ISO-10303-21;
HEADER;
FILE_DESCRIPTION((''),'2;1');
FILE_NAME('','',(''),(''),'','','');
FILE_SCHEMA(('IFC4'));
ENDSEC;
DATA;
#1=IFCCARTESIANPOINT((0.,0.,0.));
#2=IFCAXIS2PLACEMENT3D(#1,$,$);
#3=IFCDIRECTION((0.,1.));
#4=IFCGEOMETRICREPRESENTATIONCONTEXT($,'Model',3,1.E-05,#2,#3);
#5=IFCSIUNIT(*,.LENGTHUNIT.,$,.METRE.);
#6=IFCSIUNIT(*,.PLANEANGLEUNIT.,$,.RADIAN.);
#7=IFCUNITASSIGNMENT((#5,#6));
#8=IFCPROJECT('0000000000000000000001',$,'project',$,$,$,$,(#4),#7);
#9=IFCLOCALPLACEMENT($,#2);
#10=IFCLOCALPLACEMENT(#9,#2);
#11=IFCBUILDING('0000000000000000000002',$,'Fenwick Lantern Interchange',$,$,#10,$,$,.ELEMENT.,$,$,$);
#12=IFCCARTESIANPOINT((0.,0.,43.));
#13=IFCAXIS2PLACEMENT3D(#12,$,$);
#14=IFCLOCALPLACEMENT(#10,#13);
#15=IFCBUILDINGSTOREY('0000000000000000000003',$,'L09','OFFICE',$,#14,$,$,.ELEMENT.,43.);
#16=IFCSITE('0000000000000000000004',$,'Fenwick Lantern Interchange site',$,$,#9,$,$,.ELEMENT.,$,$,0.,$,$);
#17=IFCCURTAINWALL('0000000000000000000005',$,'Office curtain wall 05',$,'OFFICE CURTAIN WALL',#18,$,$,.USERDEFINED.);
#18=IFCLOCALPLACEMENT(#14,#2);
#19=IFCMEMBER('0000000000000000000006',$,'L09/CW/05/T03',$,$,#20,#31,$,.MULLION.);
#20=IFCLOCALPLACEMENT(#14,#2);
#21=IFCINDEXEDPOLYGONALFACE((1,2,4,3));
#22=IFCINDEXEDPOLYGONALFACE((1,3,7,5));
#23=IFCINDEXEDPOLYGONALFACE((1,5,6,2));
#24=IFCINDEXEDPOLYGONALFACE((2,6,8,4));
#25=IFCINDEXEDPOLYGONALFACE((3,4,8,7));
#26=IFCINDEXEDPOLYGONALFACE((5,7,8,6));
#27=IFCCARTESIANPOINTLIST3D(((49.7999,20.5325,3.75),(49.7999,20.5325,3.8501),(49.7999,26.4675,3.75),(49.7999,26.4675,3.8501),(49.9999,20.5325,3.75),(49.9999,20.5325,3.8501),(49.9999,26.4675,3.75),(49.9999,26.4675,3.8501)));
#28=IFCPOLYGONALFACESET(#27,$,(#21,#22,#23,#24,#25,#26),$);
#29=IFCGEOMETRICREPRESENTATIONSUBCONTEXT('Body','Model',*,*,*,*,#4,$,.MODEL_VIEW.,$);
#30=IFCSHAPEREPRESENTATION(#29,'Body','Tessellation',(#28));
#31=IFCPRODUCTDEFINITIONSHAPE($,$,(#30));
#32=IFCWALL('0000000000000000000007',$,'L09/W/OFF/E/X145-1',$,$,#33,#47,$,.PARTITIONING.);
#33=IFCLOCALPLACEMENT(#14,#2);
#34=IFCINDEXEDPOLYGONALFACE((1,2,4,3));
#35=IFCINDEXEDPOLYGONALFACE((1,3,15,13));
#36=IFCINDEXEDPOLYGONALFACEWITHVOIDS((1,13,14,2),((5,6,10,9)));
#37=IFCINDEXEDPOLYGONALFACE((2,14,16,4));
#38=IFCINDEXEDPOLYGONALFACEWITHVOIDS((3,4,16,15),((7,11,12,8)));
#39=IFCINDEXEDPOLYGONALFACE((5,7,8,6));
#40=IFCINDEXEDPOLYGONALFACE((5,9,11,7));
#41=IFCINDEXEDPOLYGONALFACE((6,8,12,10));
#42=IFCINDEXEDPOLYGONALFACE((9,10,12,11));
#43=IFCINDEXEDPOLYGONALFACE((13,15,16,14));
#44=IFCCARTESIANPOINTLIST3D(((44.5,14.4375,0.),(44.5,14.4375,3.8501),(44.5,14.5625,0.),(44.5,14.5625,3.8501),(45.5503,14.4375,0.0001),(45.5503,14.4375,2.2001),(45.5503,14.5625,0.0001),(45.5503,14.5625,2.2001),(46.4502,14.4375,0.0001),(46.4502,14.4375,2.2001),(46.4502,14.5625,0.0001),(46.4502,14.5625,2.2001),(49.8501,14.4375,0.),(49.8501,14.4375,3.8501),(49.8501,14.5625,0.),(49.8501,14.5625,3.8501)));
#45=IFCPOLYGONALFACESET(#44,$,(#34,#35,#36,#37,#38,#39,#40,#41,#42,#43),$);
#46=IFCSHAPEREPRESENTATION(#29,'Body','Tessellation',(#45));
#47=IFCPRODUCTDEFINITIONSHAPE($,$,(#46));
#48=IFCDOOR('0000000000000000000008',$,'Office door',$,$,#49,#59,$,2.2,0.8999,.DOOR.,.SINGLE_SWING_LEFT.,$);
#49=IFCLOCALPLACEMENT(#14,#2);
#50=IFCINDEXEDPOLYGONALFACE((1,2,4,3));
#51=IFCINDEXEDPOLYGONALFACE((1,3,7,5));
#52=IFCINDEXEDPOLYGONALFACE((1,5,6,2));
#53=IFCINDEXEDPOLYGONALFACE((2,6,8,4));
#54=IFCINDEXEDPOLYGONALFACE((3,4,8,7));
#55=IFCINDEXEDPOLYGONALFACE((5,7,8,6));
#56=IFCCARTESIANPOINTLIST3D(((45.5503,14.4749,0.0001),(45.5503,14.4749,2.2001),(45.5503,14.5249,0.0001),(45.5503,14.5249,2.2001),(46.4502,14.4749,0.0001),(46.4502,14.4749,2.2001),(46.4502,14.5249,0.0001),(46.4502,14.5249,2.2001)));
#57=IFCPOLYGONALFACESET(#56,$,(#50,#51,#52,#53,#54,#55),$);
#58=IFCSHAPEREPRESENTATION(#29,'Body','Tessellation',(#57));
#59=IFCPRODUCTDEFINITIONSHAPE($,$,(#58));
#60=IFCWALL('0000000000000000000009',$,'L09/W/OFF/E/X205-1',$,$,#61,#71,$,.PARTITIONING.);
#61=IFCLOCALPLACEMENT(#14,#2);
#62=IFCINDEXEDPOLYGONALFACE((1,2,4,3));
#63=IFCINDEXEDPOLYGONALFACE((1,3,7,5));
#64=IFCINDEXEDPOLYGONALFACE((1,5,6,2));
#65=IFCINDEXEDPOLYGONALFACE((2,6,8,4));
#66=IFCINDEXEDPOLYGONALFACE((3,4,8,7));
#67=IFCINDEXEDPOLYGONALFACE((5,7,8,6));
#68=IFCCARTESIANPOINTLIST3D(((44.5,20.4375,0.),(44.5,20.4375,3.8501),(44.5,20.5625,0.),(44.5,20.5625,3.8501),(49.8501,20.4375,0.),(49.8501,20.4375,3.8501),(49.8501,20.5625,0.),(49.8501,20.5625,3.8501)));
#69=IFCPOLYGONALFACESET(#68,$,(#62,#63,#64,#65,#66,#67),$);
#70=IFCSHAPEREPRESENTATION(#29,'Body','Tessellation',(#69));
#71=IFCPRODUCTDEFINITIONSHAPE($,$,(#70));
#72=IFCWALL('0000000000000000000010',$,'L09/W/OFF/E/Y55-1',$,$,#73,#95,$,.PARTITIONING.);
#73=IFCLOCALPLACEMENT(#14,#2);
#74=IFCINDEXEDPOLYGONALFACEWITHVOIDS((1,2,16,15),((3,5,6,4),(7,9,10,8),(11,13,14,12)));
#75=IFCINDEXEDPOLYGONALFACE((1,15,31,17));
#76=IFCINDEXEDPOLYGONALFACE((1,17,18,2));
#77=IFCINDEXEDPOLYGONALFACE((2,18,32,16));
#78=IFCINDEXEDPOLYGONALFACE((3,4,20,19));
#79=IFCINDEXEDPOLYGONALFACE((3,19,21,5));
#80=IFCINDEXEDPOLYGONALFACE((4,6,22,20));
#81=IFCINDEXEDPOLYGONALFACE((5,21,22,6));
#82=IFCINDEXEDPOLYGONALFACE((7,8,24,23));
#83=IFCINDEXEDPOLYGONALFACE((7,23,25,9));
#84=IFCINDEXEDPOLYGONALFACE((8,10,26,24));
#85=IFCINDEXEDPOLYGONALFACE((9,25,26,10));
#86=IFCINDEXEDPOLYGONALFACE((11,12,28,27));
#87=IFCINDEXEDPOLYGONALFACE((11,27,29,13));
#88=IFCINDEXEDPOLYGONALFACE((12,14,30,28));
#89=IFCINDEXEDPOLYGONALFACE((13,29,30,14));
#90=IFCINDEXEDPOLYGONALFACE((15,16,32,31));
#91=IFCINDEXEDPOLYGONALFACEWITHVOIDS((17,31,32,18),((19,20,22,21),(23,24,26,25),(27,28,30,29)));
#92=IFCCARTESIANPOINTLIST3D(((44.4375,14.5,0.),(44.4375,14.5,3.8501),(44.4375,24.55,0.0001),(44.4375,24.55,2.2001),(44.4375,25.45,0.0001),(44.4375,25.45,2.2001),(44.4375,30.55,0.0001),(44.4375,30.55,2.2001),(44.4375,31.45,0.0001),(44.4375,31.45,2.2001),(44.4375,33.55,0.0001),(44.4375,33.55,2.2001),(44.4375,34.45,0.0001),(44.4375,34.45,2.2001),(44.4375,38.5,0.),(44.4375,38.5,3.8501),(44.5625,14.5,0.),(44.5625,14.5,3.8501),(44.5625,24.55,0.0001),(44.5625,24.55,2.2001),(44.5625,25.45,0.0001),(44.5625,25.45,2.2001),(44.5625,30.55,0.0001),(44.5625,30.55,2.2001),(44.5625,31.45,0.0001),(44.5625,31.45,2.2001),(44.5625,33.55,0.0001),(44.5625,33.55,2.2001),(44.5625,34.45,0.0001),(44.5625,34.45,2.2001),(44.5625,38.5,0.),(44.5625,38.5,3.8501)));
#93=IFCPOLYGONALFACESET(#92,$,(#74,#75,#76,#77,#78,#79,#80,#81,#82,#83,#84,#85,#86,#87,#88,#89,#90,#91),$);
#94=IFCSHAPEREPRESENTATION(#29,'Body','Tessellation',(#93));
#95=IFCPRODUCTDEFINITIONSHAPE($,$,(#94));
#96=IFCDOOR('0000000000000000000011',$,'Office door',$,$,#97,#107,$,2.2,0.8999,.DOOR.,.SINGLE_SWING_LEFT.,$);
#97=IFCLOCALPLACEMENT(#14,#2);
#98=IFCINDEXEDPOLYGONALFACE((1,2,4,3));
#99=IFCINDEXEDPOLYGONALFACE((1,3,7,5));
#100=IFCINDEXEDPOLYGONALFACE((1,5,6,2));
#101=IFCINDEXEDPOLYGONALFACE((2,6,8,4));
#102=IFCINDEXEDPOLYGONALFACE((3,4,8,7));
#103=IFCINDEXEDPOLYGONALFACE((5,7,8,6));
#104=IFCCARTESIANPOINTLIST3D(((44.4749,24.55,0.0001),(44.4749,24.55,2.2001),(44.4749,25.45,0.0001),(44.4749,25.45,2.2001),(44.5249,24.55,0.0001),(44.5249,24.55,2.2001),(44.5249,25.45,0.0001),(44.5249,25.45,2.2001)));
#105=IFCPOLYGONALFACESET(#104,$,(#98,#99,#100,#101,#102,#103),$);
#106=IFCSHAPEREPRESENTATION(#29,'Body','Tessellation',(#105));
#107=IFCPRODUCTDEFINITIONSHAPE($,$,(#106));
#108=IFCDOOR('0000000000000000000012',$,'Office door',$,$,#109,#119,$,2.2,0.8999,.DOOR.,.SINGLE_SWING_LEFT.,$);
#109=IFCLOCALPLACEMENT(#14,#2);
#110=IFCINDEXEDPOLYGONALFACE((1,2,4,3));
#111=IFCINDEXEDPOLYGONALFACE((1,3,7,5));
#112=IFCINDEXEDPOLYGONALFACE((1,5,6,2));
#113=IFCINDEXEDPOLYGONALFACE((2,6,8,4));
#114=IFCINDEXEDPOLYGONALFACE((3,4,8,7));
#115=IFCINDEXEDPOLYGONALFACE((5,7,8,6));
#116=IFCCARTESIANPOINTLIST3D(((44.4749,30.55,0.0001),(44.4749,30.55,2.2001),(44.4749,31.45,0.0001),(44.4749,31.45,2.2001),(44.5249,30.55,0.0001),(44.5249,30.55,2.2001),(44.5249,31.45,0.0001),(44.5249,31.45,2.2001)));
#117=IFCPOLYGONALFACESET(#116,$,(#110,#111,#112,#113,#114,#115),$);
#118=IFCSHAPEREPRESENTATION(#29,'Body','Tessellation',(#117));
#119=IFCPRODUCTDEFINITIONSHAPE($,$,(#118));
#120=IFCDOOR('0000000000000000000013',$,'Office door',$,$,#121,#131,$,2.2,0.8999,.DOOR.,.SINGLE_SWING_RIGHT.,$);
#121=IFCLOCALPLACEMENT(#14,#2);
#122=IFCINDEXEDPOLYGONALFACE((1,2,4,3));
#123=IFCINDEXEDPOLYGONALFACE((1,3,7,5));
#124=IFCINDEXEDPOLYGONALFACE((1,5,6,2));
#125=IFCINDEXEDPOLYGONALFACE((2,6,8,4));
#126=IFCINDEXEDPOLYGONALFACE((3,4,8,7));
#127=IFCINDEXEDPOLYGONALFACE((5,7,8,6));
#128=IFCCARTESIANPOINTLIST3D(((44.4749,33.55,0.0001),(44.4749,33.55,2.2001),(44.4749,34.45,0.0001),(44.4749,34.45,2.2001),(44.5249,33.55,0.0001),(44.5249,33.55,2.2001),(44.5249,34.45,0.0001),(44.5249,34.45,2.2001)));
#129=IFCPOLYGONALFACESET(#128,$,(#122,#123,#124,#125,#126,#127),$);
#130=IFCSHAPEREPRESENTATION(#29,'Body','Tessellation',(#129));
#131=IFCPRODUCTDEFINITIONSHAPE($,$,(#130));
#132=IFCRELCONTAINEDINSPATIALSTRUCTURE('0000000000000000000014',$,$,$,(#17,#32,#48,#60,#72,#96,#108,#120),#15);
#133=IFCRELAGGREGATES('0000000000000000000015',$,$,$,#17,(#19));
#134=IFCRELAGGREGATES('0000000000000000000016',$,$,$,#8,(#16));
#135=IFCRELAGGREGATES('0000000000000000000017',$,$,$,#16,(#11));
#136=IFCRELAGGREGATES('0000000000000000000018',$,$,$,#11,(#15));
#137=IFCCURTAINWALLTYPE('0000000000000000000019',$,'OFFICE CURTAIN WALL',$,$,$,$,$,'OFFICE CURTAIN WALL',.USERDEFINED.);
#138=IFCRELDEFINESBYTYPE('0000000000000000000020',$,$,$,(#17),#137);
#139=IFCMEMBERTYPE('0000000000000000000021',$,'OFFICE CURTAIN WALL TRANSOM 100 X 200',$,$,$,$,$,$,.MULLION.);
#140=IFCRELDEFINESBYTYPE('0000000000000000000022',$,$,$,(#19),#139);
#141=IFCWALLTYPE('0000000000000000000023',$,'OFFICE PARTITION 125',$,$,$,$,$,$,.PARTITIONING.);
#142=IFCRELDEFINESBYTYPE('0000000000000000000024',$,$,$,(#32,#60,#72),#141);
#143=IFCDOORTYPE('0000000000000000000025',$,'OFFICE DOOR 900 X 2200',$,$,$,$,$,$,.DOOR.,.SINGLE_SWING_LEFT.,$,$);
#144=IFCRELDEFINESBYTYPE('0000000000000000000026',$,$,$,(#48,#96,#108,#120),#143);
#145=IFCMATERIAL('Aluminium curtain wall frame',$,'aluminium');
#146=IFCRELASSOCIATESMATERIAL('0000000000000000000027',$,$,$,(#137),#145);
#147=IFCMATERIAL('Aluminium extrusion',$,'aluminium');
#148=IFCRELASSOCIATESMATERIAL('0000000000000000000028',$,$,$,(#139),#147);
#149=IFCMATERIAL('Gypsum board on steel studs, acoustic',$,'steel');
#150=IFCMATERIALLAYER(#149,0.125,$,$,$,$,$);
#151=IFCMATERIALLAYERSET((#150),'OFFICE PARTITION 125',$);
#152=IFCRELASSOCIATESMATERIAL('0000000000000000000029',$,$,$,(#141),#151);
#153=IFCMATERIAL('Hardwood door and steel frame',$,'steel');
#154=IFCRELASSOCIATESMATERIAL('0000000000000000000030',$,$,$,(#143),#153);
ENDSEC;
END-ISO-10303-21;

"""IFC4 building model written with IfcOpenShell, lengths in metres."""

from ifc_helpers import new_model, si_unit, direction, frame, frame_2d, origin, origin_2d, place, context, subcontext, project, spatial, rectangle, extrude, material, layer, layer_set, material_profile, profile_set, type_object, element, fill, aggregate, save


model = new_model("IFC4")

# Units and contexts
model_context = context("Model", 3, precision=1e-05, world=origin(), true_north=direction((0.0, 1.0)))
body_context = subcontext(model_context, "Body", "Model", "MODEL_VIEW")
ifc_project = project(units=[si_unit("LENGTHUNIT", "METRE"), si_unit("PLANEANGLEUNIT", "RADIAN")], contexts=[model_context])

# Site, building, storey
site_placement = place(None, origin())
site = spatial("IfcSite", under=ifc_project, at=site_placement, Name="Fenwick Lantern Interchange site", CompositionType="ELEMENT", RefElevation=0.0)
building_placement = place(site_placement, origin())
building = spatial("IfcBuilding", under=site, at=building_placement, Name="Fenwick Lantern Interchange", CompositionType="ELEMENT")
storey_placement = place(building_placement, frame((0.0, 0.0, 43.0)))
storey = spatial("IfcBuildingStorey", under=building, at=storey_placement, Name="L09", Description="OFFICE", CompositionType="ELEMENT", Elevation=43.0)

# Curtain wall, member
ifc_material_1 = material(Name="Aluminium curtain wall frame", Category="aluminium")
curtain_wall_type = type_object("IfcCurtainWallType", Name="OFFICE CURTAIN WALL", ElementType="OFFICE CURTAIN WALL", PredefinedType="USERDEFINED", material=ifc_material_1)
curtain_wall_placement = place(storey_placement, origin())
curtain_wall = element("IfcCurtainWall", 1, at=curtain_wall_placement, inside=storey, type_object=curtain_wall_type, Name="Office curtain wall 05", ObjectType="OFFICE CURTAIN WALL", PredefinedType="USERDEFINED")
ifc_material_2 = material(Name="Aluminium extrusion", Category="aluminium")
ifc_material_profile_1 = material_profile(ifc_material_2, rectangle(XDim=0.2, YDim=0.1001, at=origin_2d()), Name="OFFICE CURTAIN WALL TRANSOM 100 X 200")
ifc_profile_set_1 = profile_set([ifc_material_profile_1], Name="Aluminium extrusion")
member_type_1 = type_object("IfcMemberType", Name="OFFICE CURTAIN WALL TRANSOM 100 X 200", PredefinedType="MULLION", material=ifc_profile_set_1)
member_1_placement = place(storey_placement, frame((49.8999, 20.5325, 3.8), z_axis=(0.0, 1.0, 0.0), x_axis=(-1.0, 0.0, 0.0)))
member_1 = element("IfcMember", 2, at=member_1_placement, type_object=member_type_1, Name="L09/CW/05/T03", PredefinedType="MULLION", context=body_context, shape_type="SweptSolid", body=[
    extrude(rectangle(XDim=0.2, YDim=0.1001, at=origin_2d()), origin(), (0.0, 0.0, 1.0), 5.9351),
])
aggregate(curtain_wall, [member_1])

# Wall, opening, door
ifc_material_3 = material(Name="Gypsum board on steel studs, acoustic", Category="steel")
ifc_layer_1 = layer(ifc_material_3, 0.125)
ifc_layer_set_1 = layer_set([ifc_layer_1], Name="OFFICE PARTITION 125")
wall_type = type_object("IfcWallType", Name="OFFICE PARTITION 125", PredefinedType="PARTITIONING", material=ifc_layer_set_1)
wall_1_placement = place(storey_placement, frame((49.8501, 14.5, 0.0), z_axis=(0.0, 0.0, 1.0), x_axis=(-1.0, 0.0, 0.0)))
wall_1 = element("IfcWall", 3, at=wall_1_placement, inside=storey, type_object=wall_type, Name="L09/W/OFF/E/X145-1", PredefinedType="PARTITIONING", context=body_context, shape_type="SweptSolid", body=[
    extrude(rectangle(XDim=5.3501, YDim=0.125, at=frame_2d((2.675, 0.0))), origin(), (0.0, 0.0, 1.0), 3.8501),
])
opening_1_placement = place(wall_1_placement, frame((3.3999, 0.0, 0.0)))
opening_1 = element("IfcOpeningElement", 4, at=opening_1_placement, cuts=wall_1, PredefinedType="OPENING", context=body_context, shape_type="SweptSolid", body=[
    extrude(rectangle(XDim=0.8999, YDim=2.2, at=frame_2d((0.45, 1.1001))), frame((0.0, 0.0725, 0.0), z_axis=(0.0, -1.0, 0.0), x_axis=(1.0, 0.0, 0.0)), (0.0, 0.0, 1.0), 0.145),
])
ifc_material_4 = material(Name="Hardwood door and steel frame", Category="steel")
door_type = type_object("IfcDoorType", Name="OFFICE DOOR 900 X 2200", OperationType="SINGLE_SWING_LEFT", PredefinedType="DOOR", material=ifc_material_4)
door_1_placement = place(opening_1_placement, frame((0.8999, 0.0, 0.0), z_axis=(0.0, 0.0, 1.0), x_axis=(-1.0, 0.0, 0.0)))
door_1 = element("IfcDoor", 5, at=door_1_placement, inside=storey, type_object=door_type, Name="Office door", OperationType="SINGLE_SWING_LEFT", OverallHeight=2.2, OverallWidth=0.8999, PredefinedType="DOOR", context=body_context, shape_type="SweptSolid", body=[
    extrude(rectangle(XDim=0.8999, YDim=2.2, at=frame_2d((0.45, 1.1001))), frame((0.0, 0.0249, 0.0), z_axis=(0.0, -1.0, 0.0), x_axis=(1.0, 0.0, 0.0)), (0.0, 0.0, 1.0), 0.05),
])
fill(opening_1, door_1)

# Wall
wall_2_placement = place(storey_placement, frame((49.8501, 20.5, 0.0), z_axis=(0.0, 0.0, 1.0), x_axis=(-1.0, 0.0, 0.0)))
element("IfcWall", 6, at=wall_2_placement, inside=storey, type_object=wall_type, Name="L09/W/OFF/E/X205-1", PredefinedType="PARTITIONING", context=body_context, shape_type="SweptSolid", body=[
    extrude(rectangle(XDim=5.3501, YDim=0.125, at=frame_2d((2.675, 0.0))), origin(), (0.0, 0.0, 1.0), 3.8501),
])

# Wall, openings, doors
wall_3_placement = place(storey_placement, frame((44.5, 14.5, 0.0), z_axis=(0.0, 0.0, 1.0), x_axis=(0.0, 1.0, 0.0)))
wall_3 = element("IfcWall", 7, at=wall_3_placement, inside=storey, type_object=wall_type, Name="L09/W/OFF/E/Y55-1", PredefinedType="PARTITIONING", context=body_context, shape_type="SweptSolid", body=[
    extrude(rectangle(XDim=24.0, YDim=0.125, at=frame_2d((12.0, 0.0))), origin(), (0.0, 0.0, 1.0), 3.8501),
])
opening_2_placement = place(wall_3_placement, frame((10.05, 0.0, 0.0)))
opening_2 = element("IfcOpeningElement", 8, at=opening_2_placement, cuts=wall_3, PredefinedType="OPENING", context=body_context, shape_type="SweptSolid", body=[
    extrude(rectangle(XDim=0.8999, YDim=2.2, at=frame_2d((0.45, 1.1001))), frame((0.0, 0.0725, 0.0), z_axis=(0.0, -1.0, 0.0), x_axis=(1.0, 0.0, 0.0)), (0.0, 0.0, 1.0), 0.145),
])
opening_3_placement = place(wall_3_placement, frame((16.05, 0.0, 0.0)))
opening_3 = element("IfcOpeningElement", 9, at=opening_3_placement, cuts=wall_3, PredefinedType="OPENING", context=body_context, shape_type="SweptSolid", body=[
    extrude(rectangle(XDim=0.8999, YDim=2.2, at=frame_2d((0.45, 1.1001))), frame((0.0, 0.0725, 0.0), z_axis=(0.0, -1.0, 0.0), x_axis=(1.0, 0.0, 0.0)), (0.0, 0.0, 1.0), 0.145),
])
opening_4_placement = place(wall_3_placement, frame((19.05, 0.0, 0.0)))
opening_4 = element("IfcOpeningElement", 10, at=opening_4_placement, cuts=wall_3, PredefinedType="OPENING", context=body_context, shape_type="SweptSolid", body=[
    extrude(rectangle(XDim=0.8999, YDim=2.2, at=frame_2d((0.45, 1.1001))), frame((0.0, 0.0725, 0.0), z_axis=(0.0, -1.0, 0.0), x_axis=(1.0, 0.0, 0.0)), (0.0, 0.0, 1.0), 0.145),
])
door_2_placement = place(opening_2_placement, frame((0.8999, 0.0, 0.0), z_axis=(0.0, 0.0, 1.0), x_axis=(-1.0, 0.0, 0.0)))
door_2 = element("IfcDoor", 11, at=door_2_placement, inside=storey, type_object=door_type, Name="Office door", OperationType="SINGLE_SWING_LEFT", OverallHeight=2.2, OverallWidth=0.8999, PredefinedType="DOOR", context=body_context, shape_type="SweptSolid", body=[
    extrude(rectangle(XDim=0.8999, YDim=2.2, at=frame_2d((0.45, 1.1001))), frame((0.0, 0.0249, 0.0), z_axis=(0.0, -1.0, 0.0), x_axis=(1.0, 0.0, 0.0)), (0.0, 0.0, 1.0), 0.05),
])
fill(opening_2, door_2)
door_3_placement = place(opening_3_placement, frame((0.8999, 0.0, 0.0), z_axis=(0.0, 0.0, 1.0), x_axis=(-1.0, 0.0, 0.0)))
door_3 = element("IfcDoor", 12, at=door_3_placement, inside=storey, type_object=door_type, Name="Office door", OperationType="SINGLE_SWING_LEFT", OverallHeight=2.2, OverallWidth=0.8999, PredefinedType="DOOR", context=body_context, shape_type="SweptSolid", body=[
    extrude(rectangle(XDim=0.8999, YDim=2.2, at=frame_2d((0.45, 1.1001))), frame((0.0, 0.0249, 0.0), z_axis=(0.0, -1.0, 0.0), x_axis=(1.0, 0.0, 0.0)), (0.0, 0.0, 1.0), 0.05),
])
fill(opening_3, door_3)
door_4_placement = place(opening_4_placement, frame((0.8999, 0.0, 0.0), z_axis=(0.0, 0.0, 1.0), x_axis=(-1.0, 0.0, 0.0)))
door_4 = element("IfcDoor", 13, at=door_4_placement, inside=storey, type_object=door_type, Name="Office door", OperationType="SINGLE_SWING_RIGHT", OverallHeight=2.2, OverallWidth=0.8999, PredefinedType="DOOR", context=body_context, shape_type="SweptSolid", body=[
    extrude(rectangle(XDim=0.8999, YDim=2.2, at=frame_2d((0.45, 1.1001))), frame((0.0, 0.0249, 0.0), z_axis=(0.0, -1.0, 0.0), x_axis=(1.0, 0.0, 0.0)), (0.0, 0.0, 1.0), 0.05),
])
fill(opening_4, door_4)

save(model, "model.ifc")
